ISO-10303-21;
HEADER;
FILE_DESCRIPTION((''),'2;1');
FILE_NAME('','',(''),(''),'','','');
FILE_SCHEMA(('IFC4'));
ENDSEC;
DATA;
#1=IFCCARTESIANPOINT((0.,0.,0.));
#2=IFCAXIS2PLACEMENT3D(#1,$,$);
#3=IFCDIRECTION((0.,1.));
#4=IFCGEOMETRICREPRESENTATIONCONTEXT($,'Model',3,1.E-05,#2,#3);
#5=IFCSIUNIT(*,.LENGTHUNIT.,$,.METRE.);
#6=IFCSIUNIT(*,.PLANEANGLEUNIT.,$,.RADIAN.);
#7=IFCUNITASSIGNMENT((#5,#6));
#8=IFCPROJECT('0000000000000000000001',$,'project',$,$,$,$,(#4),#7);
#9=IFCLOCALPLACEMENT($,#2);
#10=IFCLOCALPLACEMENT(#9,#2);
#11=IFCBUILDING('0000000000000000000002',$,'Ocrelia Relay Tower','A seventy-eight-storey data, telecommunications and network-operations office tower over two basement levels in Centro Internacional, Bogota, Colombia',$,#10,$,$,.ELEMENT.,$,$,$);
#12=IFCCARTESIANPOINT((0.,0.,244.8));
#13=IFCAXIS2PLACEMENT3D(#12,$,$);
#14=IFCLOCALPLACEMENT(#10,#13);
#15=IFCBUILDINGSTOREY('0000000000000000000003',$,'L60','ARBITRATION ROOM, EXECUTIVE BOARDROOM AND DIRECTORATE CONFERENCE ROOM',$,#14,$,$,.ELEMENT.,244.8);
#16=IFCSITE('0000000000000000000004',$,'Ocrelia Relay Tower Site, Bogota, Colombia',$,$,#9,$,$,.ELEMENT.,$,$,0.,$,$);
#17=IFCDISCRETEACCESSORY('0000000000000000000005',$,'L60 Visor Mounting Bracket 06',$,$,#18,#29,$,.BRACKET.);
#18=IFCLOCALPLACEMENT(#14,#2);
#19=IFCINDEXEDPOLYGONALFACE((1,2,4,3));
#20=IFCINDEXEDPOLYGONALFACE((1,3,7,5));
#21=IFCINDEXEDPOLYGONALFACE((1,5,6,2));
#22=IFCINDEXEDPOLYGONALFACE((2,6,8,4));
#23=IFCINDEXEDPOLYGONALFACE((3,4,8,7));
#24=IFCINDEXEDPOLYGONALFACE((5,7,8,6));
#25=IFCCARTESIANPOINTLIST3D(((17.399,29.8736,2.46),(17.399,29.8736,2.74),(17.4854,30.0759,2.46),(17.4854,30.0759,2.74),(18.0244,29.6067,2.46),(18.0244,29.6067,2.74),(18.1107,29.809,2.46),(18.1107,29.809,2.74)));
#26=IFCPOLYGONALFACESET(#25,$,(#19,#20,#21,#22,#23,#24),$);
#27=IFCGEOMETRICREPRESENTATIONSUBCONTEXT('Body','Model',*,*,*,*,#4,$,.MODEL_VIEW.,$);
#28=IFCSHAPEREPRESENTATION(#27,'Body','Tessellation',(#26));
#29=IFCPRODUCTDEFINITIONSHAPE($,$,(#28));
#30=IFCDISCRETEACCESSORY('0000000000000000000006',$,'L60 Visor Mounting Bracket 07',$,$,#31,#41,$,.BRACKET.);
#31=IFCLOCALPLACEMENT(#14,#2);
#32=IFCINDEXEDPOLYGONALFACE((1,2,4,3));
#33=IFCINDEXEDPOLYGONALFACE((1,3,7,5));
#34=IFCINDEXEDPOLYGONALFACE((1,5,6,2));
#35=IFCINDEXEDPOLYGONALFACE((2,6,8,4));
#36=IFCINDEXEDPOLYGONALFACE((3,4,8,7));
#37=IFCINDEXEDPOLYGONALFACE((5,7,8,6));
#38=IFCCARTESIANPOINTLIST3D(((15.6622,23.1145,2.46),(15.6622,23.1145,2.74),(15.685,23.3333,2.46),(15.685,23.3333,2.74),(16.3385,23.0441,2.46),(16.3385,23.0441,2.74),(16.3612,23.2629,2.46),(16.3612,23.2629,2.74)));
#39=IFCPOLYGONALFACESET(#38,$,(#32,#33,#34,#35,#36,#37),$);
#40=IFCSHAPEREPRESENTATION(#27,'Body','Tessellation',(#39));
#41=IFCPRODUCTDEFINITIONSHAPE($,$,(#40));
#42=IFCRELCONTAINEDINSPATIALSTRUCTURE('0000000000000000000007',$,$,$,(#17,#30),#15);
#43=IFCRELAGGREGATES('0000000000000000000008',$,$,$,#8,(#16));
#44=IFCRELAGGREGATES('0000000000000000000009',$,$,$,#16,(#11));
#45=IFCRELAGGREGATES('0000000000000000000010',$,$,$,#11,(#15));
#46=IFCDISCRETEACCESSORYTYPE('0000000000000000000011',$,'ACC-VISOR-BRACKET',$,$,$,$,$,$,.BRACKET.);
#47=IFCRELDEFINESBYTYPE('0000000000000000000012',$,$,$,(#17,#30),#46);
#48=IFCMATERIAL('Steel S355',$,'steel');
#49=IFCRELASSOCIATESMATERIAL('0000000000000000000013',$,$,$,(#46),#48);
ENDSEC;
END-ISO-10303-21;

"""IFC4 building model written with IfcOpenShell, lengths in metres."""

from ifc_helpers import new_model, si_unit, direction, frame, origin, origin_2d, place, context, subcontext, project, spatial, rectangle, extrude, material, type_object, element, save


model = new_model("IFC4")

# Units and contexts
model_context = context("Model", 3, precision=1e-05, world=origin(), true_north=direction((0.0, 1.0)))
body_context = subcontext(model_context, "Body", "Model", "MODEL_VIEW")
ifc_project = project(units=[si_unit("LENGTHUNIT", "METRE"), si_unit("PLANEANGLEUNIT", "RADIAN")], contexts=[model_context])

# Site, building, storey
site_placement = place(None, origin())
site = spatial("IfcSite", under=ifc_project, at=site_placement, Name="Ocrelia Relay Tower Site, Bogota, Colombia", CompositionType="ELEMENT", RefElevation=0.0)
building_placement = place(site_placement, origin())
building = spatial("IfcBuilding", under=site, at=building_placement, Name="Ocrelia Relay Tower", Description="A seventy-eight-storey data, telecommunications and network-operations office tower over two basement levels in Centro Internacional, Bogota, Colombia", CompositionType="ELEMENT")
storey_placement = place(building_placement, frame((0.0, 0.0, 244.8)))
storey = spatial("IfcBuildingStorey", under=building, at=storey_placement, Name="L60", Description="ARBITRATION ROOM, EXECUTIVE BOARDROOM AND DIRECTORATE CONFERENCE ROOM", CompositionType="ELEMENT", Elevation=244.8)

# Shared definitions
ifc_material_1 = material(Name="Steel S355", Category="steel")

# Discrete accessories
discrete_accessory_type = type_object("IfcDiscreteAccessoryType", Name="ACC-VISOR-BRACKET", PredefinedType="BRACKET", material=ifc_material_1)
for number, where, z_axis, x_axis, name in (
    (1, (17.7549, 29.8413, 2.46), (0.0, 0.0, 1.0), (-0.39247, -0.919765, 0.0), "L60 Visor Mounting Bracket 06"),
    (2, (16.0117, 23.1887, 2.46), (0.0, 0.0, 1.0), (-0.103596, -0.99462, 0.0), "L60 Visor Mounting Bracket 07"),
):
    element("IfcDiscreteAccessory", number, at=place(storey_placement, frame(where, z_axis=z_axis, x_axis=x_axis)), inside=storey, type_object=discrete_accessory_type, Name=name, PredefinedType="BRACKET", context=body_context, shape_type="SweptSolid", body=[
        extrude(rectangle(XDim=0.22, YDim=0.6799, at=origin_2d()), origin(), (0.0, 0.0, 1.0), 0.28),
    ])

save(model, "model.ifc")
